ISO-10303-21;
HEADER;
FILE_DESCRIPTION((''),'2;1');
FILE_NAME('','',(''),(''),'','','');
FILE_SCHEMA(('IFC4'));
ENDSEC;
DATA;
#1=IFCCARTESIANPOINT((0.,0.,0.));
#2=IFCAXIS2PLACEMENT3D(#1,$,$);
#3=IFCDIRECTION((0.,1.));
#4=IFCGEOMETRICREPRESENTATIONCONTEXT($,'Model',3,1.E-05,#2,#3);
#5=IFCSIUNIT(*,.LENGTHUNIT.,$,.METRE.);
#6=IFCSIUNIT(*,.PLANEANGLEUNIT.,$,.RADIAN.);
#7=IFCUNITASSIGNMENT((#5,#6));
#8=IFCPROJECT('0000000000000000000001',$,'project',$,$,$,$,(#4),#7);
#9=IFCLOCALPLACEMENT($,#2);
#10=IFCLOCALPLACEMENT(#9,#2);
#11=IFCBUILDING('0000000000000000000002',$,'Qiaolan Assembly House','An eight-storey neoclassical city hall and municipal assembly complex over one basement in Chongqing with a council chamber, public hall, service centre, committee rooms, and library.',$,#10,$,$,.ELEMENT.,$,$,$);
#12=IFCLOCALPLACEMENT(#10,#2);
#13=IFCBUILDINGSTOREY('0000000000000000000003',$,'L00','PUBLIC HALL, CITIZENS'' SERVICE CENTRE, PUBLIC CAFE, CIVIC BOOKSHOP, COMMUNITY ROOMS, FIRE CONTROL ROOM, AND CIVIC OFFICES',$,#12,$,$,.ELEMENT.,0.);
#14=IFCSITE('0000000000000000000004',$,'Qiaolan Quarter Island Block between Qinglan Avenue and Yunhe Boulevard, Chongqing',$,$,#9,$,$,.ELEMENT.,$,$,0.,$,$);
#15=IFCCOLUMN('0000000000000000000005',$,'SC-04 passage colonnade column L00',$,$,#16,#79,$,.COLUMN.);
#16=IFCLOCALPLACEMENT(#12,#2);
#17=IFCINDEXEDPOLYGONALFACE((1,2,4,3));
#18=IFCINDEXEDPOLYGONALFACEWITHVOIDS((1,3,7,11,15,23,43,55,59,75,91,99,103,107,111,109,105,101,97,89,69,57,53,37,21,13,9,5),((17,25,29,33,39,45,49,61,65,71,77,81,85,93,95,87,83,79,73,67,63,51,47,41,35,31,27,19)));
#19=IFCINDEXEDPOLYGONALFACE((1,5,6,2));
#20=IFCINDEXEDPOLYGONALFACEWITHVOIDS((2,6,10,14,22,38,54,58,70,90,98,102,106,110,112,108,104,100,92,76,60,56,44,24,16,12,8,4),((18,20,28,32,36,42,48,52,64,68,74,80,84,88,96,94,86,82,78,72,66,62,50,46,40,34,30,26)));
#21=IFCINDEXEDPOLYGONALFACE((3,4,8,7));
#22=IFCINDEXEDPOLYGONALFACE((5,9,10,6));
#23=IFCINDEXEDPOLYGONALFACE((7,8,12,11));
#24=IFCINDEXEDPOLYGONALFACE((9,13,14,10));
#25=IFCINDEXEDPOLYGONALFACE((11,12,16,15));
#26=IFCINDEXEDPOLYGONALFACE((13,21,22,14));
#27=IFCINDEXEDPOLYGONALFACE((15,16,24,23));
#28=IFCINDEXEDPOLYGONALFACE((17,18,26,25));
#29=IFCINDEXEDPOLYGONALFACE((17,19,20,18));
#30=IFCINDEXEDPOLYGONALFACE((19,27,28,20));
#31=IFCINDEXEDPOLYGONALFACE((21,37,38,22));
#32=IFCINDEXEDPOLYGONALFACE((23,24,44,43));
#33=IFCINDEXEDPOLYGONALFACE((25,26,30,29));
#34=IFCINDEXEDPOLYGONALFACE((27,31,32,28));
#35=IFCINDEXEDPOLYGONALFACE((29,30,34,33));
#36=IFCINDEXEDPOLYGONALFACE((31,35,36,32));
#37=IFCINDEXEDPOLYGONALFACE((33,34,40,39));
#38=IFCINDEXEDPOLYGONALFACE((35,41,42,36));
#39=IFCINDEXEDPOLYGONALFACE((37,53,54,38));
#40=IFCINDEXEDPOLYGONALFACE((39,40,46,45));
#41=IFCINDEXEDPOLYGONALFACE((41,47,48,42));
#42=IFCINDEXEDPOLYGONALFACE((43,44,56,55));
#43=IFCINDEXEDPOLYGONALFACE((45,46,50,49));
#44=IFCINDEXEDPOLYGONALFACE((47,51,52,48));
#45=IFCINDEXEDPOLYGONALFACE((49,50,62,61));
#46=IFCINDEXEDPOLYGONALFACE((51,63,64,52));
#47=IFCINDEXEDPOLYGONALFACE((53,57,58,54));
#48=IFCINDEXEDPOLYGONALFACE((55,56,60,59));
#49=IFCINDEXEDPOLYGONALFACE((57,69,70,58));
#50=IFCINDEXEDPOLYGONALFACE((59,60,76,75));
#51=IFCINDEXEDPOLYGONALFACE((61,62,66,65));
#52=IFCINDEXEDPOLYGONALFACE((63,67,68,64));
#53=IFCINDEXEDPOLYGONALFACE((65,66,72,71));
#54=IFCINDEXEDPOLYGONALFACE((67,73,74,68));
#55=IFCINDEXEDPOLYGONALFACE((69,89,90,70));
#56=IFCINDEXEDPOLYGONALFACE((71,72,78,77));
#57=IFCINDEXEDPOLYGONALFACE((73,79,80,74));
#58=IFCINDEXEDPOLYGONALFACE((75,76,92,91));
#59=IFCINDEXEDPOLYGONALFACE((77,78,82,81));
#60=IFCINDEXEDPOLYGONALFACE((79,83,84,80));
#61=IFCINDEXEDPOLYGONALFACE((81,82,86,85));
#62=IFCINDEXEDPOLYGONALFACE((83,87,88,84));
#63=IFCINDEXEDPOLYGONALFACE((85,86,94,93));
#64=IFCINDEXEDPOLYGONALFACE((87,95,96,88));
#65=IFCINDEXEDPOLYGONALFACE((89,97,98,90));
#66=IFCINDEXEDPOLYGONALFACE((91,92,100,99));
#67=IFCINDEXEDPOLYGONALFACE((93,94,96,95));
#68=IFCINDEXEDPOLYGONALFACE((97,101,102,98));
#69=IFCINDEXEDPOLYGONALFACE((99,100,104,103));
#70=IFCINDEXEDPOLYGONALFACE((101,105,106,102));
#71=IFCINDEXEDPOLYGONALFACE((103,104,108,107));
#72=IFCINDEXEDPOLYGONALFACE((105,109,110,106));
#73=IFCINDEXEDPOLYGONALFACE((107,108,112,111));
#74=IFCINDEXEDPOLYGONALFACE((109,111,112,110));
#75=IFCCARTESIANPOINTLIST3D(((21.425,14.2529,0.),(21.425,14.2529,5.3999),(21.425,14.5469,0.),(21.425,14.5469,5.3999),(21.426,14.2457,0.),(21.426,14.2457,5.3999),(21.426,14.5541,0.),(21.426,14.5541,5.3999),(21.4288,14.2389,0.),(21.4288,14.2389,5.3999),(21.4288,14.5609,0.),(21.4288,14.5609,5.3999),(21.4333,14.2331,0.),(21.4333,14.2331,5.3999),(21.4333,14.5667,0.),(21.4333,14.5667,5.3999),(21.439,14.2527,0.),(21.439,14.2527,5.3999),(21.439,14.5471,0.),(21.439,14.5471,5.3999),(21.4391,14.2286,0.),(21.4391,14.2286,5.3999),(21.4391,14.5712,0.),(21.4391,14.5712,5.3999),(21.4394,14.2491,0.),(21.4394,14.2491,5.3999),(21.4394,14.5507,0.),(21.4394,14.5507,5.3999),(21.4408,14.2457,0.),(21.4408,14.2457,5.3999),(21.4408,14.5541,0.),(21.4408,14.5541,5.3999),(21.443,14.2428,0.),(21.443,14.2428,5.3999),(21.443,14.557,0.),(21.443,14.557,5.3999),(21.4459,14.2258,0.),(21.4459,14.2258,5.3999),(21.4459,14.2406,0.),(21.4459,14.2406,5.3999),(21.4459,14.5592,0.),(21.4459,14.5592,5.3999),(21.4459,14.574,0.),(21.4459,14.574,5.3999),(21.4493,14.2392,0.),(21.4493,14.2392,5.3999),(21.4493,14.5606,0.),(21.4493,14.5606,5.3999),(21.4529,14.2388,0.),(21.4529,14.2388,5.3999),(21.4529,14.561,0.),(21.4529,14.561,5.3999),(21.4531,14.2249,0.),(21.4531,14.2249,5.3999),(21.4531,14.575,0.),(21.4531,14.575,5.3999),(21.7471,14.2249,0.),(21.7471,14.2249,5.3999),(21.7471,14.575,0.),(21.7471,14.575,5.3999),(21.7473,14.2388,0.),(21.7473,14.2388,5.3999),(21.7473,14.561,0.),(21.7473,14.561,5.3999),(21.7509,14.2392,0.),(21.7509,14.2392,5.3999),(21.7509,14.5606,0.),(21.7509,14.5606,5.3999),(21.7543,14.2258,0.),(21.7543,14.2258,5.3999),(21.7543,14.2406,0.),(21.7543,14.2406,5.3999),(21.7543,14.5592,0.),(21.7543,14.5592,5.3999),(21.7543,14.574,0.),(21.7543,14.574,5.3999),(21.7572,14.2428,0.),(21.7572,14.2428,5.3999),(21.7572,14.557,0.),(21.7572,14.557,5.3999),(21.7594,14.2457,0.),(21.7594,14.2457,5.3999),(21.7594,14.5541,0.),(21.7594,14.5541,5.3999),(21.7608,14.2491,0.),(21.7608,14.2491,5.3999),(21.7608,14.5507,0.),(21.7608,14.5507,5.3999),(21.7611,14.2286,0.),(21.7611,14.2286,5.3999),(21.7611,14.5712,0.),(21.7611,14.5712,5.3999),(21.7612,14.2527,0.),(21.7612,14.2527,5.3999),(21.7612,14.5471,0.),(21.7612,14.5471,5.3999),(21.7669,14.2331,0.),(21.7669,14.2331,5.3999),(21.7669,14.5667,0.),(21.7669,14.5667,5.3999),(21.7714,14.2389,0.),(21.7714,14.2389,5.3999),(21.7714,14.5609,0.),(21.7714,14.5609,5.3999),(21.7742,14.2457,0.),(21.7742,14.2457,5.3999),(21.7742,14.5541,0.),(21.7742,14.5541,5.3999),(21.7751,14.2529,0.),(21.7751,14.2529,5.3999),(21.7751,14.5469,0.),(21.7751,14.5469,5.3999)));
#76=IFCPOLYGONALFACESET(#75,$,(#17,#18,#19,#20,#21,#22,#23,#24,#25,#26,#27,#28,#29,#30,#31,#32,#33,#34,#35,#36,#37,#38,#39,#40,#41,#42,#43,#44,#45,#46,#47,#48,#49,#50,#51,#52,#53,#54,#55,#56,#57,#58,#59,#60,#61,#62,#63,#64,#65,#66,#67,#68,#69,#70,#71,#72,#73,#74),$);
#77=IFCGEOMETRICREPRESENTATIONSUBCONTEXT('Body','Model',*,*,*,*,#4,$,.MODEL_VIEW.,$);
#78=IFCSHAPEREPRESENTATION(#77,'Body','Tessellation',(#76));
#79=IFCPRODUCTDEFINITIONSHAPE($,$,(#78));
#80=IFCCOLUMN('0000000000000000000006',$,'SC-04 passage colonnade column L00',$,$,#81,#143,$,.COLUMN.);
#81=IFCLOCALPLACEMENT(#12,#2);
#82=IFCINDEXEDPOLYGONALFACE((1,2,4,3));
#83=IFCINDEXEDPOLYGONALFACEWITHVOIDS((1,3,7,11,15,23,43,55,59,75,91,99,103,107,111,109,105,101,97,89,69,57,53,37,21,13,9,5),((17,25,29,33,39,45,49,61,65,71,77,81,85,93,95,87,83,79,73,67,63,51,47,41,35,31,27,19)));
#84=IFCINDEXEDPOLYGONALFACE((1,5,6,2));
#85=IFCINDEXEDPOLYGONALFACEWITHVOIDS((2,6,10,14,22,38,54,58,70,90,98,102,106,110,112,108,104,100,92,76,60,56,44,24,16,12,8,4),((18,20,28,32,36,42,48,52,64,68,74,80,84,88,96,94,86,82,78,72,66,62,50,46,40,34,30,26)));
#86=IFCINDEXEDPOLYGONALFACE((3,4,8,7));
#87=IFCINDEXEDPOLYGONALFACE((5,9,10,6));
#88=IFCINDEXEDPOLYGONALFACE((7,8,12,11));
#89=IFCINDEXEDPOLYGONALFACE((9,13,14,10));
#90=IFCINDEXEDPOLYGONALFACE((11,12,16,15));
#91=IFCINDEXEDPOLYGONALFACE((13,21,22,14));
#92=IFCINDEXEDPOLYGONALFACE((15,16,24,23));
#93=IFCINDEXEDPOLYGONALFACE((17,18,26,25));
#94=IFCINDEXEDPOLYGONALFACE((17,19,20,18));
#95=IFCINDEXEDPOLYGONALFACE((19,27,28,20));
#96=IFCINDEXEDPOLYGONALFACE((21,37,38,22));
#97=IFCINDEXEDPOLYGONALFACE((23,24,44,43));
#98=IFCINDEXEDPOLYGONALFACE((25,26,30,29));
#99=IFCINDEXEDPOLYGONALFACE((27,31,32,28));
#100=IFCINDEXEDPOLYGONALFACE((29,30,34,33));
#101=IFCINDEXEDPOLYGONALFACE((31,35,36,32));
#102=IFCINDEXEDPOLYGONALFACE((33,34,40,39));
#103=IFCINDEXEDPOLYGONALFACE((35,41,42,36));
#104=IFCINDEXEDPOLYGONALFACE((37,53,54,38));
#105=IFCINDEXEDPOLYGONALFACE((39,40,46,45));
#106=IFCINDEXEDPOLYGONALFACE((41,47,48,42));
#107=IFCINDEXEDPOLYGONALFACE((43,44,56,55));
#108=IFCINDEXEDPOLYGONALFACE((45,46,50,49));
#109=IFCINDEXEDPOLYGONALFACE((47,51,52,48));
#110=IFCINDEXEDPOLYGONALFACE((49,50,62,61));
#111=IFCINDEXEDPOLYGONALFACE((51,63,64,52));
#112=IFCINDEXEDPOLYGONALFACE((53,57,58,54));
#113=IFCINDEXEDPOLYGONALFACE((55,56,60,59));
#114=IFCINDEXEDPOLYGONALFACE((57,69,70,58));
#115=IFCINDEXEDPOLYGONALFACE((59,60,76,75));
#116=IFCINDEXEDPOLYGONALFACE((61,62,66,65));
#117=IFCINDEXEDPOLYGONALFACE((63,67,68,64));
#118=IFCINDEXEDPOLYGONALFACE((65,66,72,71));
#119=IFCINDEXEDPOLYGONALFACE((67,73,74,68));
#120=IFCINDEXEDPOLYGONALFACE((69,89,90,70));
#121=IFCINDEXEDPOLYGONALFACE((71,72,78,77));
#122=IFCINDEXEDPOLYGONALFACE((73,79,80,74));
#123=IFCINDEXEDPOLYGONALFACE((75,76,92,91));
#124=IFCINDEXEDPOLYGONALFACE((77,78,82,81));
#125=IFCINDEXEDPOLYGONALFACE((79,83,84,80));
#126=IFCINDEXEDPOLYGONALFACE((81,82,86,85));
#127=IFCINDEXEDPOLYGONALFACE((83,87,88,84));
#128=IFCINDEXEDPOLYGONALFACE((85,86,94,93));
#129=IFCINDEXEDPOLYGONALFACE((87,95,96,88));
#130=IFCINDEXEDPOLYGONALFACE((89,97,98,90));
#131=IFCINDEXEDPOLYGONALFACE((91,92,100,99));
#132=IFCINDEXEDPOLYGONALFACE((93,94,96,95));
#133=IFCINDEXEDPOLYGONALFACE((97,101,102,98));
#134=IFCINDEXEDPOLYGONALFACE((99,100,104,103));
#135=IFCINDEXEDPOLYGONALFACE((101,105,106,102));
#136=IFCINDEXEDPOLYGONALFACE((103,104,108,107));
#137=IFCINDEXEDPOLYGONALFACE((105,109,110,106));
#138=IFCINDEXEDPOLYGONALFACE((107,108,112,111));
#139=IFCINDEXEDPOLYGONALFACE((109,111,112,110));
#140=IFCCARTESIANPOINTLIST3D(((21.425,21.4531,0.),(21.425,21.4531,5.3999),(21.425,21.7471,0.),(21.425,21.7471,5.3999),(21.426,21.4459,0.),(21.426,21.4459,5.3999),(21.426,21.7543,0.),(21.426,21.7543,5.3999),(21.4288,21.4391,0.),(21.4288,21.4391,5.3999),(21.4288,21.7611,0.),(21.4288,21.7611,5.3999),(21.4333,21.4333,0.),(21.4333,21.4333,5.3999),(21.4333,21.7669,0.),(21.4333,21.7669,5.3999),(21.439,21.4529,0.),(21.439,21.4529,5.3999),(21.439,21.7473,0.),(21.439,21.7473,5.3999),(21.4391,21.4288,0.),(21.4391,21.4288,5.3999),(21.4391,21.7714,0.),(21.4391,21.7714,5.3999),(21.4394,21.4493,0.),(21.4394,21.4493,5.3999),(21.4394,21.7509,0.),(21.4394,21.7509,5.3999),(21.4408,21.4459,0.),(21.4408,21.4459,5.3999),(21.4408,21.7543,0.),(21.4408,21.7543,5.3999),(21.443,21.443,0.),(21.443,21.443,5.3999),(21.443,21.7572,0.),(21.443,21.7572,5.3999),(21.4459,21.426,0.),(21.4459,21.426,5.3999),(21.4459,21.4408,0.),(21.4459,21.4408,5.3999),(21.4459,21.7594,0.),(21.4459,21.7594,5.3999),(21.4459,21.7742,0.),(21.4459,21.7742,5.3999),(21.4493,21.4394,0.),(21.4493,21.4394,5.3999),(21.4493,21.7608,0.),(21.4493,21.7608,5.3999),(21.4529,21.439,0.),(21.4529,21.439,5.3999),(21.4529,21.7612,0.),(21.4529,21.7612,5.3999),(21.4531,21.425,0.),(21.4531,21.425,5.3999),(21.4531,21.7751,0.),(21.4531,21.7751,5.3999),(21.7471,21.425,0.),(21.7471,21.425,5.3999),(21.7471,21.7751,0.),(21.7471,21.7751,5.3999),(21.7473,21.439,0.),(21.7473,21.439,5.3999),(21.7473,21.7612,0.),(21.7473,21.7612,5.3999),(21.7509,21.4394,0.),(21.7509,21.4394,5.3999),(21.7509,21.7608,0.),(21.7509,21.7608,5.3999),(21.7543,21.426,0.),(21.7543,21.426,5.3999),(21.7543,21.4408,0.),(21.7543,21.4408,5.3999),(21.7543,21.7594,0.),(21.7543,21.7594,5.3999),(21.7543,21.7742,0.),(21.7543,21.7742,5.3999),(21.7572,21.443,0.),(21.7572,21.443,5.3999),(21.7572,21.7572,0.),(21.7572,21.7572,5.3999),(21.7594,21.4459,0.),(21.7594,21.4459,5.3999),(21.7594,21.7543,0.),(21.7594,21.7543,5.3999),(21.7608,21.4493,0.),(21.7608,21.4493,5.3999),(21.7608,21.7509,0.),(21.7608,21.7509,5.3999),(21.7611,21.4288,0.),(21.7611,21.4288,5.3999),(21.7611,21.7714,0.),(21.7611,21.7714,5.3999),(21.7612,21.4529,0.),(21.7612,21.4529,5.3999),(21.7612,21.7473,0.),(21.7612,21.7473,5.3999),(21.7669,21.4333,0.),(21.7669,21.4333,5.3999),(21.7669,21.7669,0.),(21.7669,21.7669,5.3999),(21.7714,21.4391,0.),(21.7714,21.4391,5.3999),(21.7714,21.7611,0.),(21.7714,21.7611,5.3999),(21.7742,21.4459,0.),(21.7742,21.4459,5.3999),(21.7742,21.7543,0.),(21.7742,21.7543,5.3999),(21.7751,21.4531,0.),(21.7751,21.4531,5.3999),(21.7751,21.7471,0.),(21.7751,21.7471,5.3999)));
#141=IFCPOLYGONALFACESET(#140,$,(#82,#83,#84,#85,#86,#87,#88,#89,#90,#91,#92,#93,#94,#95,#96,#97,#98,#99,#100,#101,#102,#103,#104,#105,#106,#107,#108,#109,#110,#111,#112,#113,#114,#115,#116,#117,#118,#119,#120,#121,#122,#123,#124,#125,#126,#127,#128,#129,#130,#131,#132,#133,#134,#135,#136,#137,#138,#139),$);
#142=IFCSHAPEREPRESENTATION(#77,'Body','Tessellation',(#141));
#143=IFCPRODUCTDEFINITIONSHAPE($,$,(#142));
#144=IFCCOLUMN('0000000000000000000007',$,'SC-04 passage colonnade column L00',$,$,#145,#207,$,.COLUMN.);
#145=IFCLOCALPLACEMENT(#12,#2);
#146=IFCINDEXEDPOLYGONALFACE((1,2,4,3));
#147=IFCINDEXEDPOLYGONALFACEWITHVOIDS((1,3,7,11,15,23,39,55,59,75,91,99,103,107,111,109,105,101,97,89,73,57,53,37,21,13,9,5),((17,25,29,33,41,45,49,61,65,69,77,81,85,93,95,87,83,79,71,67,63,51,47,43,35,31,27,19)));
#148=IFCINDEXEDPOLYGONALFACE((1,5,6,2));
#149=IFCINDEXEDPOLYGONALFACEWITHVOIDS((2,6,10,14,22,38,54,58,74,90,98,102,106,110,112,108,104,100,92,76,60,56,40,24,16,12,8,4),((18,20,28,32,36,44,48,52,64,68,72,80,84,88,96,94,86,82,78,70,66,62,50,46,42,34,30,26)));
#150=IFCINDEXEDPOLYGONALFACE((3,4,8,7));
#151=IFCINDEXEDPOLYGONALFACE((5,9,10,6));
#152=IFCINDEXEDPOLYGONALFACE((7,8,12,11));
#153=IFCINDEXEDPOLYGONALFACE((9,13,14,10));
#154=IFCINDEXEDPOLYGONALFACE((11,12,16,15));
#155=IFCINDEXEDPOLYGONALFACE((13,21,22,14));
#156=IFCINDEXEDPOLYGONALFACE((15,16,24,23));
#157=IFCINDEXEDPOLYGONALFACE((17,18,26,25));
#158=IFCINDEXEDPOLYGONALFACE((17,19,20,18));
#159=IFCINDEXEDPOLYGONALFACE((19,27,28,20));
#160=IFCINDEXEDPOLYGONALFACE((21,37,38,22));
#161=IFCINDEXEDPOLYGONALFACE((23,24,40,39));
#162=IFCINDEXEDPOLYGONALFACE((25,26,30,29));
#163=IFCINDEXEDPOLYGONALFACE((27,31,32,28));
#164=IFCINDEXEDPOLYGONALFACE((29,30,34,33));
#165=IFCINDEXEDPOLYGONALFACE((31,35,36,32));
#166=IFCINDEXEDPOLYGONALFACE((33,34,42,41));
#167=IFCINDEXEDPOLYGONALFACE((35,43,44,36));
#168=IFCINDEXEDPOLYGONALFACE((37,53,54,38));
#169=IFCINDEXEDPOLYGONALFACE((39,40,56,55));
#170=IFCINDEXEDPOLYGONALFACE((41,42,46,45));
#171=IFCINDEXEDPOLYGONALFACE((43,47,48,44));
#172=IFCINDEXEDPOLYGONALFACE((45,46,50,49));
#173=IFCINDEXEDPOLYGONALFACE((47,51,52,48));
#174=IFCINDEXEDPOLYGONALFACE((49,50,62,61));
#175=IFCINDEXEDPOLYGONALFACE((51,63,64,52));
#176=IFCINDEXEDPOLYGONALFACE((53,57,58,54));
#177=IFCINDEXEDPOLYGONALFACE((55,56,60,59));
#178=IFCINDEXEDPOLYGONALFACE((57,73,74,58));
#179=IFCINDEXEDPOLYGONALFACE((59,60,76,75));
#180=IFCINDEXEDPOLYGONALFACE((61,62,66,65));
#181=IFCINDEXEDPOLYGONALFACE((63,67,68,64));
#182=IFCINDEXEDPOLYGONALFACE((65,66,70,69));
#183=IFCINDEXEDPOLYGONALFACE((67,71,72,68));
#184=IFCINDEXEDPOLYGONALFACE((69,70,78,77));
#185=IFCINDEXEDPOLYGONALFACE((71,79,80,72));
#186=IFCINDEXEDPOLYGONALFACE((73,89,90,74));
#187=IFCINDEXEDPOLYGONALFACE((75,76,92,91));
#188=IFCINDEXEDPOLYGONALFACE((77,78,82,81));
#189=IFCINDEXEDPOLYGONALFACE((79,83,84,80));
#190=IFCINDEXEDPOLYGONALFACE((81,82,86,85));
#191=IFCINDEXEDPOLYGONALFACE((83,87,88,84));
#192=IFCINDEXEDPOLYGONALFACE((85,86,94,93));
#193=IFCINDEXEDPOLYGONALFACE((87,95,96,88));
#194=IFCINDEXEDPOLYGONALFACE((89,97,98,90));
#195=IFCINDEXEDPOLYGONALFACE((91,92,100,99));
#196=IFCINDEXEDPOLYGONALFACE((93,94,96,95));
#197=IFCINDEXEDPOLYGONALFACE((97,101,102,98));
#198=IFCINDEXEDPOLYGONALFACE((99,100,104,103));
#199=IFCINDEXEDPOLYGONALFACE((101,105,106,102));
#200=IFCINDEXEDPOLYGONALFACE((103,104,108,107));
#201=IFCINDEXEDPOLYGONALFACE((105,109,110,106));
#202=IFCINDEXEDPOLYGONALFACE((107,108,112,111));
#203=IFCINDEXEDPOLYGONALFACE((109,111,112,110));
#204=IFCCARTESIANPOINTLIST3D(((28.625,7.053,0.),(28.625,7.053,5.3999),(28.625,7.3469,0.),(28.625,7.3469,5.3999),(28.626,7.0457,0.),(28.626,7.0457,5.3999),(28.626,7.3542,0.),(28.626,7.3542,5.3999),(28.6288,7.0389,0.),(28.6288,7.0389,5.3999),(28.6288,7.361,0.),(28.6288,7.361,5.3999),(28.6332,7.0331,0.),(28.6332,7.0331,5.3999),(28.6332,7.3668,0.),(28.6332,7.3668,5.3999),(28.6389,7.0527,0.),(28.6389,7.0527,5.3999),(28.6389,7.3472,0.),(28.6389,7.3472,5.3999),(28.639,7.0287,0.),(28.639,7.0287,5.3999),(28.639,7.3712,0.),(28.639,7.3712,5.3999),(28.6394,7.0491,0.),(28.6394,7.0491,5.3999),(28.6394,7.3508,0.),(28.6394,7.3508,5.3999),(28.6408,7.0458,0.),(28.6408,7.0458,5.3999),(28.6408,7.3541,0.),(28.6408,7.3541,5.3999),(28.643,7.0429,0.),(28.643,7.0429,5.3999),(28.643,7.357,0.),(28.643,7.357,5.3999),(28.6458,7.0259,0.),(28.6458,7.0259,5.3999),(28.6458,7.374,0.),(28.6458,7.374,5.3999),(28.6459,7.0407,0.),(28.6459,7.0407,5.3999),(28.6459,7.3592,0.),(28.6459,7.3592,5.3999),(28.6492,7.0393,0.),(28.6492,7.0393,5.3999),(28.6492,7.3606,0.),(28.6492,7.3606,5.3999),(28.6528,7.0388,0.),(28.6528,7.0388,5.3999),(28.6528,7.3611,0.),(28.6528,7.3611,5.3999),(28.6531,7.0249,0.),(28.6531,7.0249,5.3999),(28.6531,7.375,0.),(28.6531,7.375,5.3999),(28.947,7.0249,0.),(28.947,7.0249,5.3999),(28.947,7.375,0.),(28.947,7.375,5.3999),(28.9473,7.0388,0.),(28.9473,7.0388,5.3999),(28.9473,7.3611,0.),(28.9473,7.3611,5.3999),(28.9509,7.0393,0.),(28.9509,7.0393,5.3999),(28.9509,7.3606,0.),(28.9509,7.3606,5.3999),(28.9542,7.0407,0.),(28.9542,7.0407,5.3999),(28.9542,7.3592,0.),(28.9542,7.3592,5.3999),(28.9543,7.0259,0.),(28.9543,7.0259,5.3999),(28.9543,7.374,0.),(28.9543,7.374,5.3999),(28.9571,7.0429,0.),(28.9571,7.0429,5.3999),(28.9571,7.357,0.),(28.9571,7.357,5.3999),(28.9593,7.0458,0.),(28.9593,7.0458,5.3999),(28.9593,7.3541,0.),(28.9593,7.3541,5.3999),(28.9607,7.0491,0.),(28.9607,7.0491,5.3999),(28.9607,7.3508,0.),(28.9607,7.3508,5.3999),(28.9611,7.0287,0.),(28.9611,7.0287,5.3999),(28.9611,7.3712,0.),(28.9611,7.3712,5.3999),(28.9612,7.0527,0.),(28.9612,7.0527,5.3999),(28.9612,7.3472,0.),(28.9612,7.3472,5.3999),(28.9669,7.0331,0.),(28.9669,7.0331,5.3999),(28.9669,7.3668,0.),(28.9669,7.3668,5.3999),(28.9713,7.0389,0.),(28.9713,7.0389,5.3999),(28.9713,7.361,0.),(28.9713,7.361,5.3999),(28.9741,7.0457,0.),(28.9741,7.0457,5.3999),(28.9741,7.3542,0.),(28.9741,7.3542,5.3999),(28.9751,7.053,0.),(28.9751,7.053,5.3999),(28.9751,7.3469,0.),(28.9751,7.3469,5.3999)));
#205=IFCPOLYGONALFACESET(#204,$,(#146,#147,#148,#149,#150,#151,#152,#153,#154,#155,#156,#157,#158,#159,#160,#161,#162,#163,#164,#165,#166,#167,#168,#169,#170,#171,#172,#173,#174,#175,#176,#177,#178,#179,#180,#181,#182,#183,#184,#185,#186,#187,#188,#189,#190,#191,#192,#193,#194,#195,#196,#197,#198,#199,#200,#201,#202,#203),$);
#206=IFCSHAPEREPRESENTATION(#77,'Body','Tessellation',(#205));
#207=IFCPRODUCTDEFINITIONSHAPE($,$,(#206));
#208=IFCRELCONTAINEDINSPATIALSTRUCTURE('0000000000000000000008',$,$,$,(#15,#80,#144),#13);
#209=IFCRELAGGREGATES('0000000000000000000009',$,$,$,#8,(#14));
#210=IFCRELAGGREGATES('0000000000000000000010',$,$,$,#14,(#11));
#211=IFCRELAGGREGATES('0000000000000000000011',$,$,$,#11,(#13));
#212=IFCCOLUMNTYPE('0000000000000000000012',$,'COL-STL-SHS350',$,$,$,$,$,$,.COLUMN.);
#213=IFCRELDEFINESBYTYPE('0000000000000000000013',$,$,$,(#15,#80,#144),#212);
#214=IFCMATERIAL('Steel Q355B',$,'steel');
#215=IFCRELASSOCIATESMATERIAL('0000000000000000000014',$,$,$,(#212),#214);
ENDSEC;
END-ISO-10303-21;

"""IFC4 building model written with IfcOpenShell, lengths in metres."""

from ifc_helpers import new_model, si_unit, direction, frame, origin, origin_2d, place, context, subcontext, project, spatial, hollow_rectangle, extrude, material, material_profile, profile_set, type_object, element, save


model = new_model("IFC4")

# Units and contexts
model_context = context("Model", 3, precision=1e-05, world=origin(), true_north=direction((0.0, 1.0)))
body_context = subcontext(model_context, "Body", "Model", "MODEL_VIEW")
ifc_project = project(units=[si_unit("LENGTHUNIT", "METRE"), si_unit("PLANEANGLEUNIT", "RADIAN")], contexts=[model_context])

# Site, building, storey
site_placement = place(None, origin())
site = spatial("IfcSite", under=ifc_project, at=site_placement, Name="Qiaolan Quarter Island Block between Qinglan Avenue and Yunhe Boulevard, Chongqing", CompositionType="ELEMENT", RefElevation=0.0)
building_placement = place(site_placement, origin())
building = spatial("IfcBuilding", under=site, at=building_placement, Name="Qiaolan Assembly House", Description="An eight-storey neoclassical city hall and municipal assembly complex over one basement in Chongqing with a council chamber, public hall, service centre, committee rooms, and library.", CompositionType="ELEMENT")
storey_placement = place(building_placement, origin())
storey = spatial("IfcBuildingStorey", under=building, at=storey_placement, Name="L00", Description="PUBLIC HALL, CITIZENS' SERVICE CENTRE, PUBLIC CAFE, CIVIC BOOKSHOP, COMMUNITY ROOMS, FIRE CONTROL ROOM, AND CIVIC OFFICES", CompositionType="ELEMENT", Elevation=0.0)

# Columns
ifc_material_1 = material(Name="Steel Q355B", Category="steel")
ifc_material_profile_1 = material_profile(ifc_material_1, hollow_rectangle(XDim=0.3501, YDim=0.3501, WallThickness=0.0139, InnerFilletRadius=0.0139, OuterFilletRadius=0.0281, at=origin_2d()), Name="SHS 350x350x14")
ifc_profile_set_1 = profile_set([ifc_material_profile_1], Name="Steel Q355B")
column_type = type_object("IfcColumnType", Name="COL-STL-SHS350", PredefinedType="COLUMN", material=ifc_profile_set_1)
for number, where, z_axis, x_axis, name in (
    (1, (21.6001, 14.3999, 0.0), (0.0, 0.0, 1.0), (1.0, 0.0, 0.0), "SC-04 passage colonnade column L00"),
    (2, (21.6001, 21.6001, 0.0), (0.0, 0.0, 1.0), (1.0, 0.0, 0.0), "SC-04 passage colonnade column L00"),
    (3, (28.8, 7.2, 0.0), (0.0, 0.0, 1.0), (1.0, 0.0, 0.0), "SC-04 passage colonnade column L00"),
):
    element("IfcColumn", number, at=place(storey_placement, frame(where, z_axis=z_axis, x_axis=x_axis)), inside=storey, type_object=column_type, Name=name, PredefinedType="COLUMN", context=body_context, shape_type="SweptSolid", body=[
        extrude(hollow_rectangle(XDim=0.3501, YDim=0.3501, WallThickness=0.0139, InnerFilletRadius=0.0139, OuterFilletRadius=0.0281, at=origin_2d()), origin(), (0.0, 0.0, 1.0), 5.3999),
    ])

save(model, "model.ifc")
